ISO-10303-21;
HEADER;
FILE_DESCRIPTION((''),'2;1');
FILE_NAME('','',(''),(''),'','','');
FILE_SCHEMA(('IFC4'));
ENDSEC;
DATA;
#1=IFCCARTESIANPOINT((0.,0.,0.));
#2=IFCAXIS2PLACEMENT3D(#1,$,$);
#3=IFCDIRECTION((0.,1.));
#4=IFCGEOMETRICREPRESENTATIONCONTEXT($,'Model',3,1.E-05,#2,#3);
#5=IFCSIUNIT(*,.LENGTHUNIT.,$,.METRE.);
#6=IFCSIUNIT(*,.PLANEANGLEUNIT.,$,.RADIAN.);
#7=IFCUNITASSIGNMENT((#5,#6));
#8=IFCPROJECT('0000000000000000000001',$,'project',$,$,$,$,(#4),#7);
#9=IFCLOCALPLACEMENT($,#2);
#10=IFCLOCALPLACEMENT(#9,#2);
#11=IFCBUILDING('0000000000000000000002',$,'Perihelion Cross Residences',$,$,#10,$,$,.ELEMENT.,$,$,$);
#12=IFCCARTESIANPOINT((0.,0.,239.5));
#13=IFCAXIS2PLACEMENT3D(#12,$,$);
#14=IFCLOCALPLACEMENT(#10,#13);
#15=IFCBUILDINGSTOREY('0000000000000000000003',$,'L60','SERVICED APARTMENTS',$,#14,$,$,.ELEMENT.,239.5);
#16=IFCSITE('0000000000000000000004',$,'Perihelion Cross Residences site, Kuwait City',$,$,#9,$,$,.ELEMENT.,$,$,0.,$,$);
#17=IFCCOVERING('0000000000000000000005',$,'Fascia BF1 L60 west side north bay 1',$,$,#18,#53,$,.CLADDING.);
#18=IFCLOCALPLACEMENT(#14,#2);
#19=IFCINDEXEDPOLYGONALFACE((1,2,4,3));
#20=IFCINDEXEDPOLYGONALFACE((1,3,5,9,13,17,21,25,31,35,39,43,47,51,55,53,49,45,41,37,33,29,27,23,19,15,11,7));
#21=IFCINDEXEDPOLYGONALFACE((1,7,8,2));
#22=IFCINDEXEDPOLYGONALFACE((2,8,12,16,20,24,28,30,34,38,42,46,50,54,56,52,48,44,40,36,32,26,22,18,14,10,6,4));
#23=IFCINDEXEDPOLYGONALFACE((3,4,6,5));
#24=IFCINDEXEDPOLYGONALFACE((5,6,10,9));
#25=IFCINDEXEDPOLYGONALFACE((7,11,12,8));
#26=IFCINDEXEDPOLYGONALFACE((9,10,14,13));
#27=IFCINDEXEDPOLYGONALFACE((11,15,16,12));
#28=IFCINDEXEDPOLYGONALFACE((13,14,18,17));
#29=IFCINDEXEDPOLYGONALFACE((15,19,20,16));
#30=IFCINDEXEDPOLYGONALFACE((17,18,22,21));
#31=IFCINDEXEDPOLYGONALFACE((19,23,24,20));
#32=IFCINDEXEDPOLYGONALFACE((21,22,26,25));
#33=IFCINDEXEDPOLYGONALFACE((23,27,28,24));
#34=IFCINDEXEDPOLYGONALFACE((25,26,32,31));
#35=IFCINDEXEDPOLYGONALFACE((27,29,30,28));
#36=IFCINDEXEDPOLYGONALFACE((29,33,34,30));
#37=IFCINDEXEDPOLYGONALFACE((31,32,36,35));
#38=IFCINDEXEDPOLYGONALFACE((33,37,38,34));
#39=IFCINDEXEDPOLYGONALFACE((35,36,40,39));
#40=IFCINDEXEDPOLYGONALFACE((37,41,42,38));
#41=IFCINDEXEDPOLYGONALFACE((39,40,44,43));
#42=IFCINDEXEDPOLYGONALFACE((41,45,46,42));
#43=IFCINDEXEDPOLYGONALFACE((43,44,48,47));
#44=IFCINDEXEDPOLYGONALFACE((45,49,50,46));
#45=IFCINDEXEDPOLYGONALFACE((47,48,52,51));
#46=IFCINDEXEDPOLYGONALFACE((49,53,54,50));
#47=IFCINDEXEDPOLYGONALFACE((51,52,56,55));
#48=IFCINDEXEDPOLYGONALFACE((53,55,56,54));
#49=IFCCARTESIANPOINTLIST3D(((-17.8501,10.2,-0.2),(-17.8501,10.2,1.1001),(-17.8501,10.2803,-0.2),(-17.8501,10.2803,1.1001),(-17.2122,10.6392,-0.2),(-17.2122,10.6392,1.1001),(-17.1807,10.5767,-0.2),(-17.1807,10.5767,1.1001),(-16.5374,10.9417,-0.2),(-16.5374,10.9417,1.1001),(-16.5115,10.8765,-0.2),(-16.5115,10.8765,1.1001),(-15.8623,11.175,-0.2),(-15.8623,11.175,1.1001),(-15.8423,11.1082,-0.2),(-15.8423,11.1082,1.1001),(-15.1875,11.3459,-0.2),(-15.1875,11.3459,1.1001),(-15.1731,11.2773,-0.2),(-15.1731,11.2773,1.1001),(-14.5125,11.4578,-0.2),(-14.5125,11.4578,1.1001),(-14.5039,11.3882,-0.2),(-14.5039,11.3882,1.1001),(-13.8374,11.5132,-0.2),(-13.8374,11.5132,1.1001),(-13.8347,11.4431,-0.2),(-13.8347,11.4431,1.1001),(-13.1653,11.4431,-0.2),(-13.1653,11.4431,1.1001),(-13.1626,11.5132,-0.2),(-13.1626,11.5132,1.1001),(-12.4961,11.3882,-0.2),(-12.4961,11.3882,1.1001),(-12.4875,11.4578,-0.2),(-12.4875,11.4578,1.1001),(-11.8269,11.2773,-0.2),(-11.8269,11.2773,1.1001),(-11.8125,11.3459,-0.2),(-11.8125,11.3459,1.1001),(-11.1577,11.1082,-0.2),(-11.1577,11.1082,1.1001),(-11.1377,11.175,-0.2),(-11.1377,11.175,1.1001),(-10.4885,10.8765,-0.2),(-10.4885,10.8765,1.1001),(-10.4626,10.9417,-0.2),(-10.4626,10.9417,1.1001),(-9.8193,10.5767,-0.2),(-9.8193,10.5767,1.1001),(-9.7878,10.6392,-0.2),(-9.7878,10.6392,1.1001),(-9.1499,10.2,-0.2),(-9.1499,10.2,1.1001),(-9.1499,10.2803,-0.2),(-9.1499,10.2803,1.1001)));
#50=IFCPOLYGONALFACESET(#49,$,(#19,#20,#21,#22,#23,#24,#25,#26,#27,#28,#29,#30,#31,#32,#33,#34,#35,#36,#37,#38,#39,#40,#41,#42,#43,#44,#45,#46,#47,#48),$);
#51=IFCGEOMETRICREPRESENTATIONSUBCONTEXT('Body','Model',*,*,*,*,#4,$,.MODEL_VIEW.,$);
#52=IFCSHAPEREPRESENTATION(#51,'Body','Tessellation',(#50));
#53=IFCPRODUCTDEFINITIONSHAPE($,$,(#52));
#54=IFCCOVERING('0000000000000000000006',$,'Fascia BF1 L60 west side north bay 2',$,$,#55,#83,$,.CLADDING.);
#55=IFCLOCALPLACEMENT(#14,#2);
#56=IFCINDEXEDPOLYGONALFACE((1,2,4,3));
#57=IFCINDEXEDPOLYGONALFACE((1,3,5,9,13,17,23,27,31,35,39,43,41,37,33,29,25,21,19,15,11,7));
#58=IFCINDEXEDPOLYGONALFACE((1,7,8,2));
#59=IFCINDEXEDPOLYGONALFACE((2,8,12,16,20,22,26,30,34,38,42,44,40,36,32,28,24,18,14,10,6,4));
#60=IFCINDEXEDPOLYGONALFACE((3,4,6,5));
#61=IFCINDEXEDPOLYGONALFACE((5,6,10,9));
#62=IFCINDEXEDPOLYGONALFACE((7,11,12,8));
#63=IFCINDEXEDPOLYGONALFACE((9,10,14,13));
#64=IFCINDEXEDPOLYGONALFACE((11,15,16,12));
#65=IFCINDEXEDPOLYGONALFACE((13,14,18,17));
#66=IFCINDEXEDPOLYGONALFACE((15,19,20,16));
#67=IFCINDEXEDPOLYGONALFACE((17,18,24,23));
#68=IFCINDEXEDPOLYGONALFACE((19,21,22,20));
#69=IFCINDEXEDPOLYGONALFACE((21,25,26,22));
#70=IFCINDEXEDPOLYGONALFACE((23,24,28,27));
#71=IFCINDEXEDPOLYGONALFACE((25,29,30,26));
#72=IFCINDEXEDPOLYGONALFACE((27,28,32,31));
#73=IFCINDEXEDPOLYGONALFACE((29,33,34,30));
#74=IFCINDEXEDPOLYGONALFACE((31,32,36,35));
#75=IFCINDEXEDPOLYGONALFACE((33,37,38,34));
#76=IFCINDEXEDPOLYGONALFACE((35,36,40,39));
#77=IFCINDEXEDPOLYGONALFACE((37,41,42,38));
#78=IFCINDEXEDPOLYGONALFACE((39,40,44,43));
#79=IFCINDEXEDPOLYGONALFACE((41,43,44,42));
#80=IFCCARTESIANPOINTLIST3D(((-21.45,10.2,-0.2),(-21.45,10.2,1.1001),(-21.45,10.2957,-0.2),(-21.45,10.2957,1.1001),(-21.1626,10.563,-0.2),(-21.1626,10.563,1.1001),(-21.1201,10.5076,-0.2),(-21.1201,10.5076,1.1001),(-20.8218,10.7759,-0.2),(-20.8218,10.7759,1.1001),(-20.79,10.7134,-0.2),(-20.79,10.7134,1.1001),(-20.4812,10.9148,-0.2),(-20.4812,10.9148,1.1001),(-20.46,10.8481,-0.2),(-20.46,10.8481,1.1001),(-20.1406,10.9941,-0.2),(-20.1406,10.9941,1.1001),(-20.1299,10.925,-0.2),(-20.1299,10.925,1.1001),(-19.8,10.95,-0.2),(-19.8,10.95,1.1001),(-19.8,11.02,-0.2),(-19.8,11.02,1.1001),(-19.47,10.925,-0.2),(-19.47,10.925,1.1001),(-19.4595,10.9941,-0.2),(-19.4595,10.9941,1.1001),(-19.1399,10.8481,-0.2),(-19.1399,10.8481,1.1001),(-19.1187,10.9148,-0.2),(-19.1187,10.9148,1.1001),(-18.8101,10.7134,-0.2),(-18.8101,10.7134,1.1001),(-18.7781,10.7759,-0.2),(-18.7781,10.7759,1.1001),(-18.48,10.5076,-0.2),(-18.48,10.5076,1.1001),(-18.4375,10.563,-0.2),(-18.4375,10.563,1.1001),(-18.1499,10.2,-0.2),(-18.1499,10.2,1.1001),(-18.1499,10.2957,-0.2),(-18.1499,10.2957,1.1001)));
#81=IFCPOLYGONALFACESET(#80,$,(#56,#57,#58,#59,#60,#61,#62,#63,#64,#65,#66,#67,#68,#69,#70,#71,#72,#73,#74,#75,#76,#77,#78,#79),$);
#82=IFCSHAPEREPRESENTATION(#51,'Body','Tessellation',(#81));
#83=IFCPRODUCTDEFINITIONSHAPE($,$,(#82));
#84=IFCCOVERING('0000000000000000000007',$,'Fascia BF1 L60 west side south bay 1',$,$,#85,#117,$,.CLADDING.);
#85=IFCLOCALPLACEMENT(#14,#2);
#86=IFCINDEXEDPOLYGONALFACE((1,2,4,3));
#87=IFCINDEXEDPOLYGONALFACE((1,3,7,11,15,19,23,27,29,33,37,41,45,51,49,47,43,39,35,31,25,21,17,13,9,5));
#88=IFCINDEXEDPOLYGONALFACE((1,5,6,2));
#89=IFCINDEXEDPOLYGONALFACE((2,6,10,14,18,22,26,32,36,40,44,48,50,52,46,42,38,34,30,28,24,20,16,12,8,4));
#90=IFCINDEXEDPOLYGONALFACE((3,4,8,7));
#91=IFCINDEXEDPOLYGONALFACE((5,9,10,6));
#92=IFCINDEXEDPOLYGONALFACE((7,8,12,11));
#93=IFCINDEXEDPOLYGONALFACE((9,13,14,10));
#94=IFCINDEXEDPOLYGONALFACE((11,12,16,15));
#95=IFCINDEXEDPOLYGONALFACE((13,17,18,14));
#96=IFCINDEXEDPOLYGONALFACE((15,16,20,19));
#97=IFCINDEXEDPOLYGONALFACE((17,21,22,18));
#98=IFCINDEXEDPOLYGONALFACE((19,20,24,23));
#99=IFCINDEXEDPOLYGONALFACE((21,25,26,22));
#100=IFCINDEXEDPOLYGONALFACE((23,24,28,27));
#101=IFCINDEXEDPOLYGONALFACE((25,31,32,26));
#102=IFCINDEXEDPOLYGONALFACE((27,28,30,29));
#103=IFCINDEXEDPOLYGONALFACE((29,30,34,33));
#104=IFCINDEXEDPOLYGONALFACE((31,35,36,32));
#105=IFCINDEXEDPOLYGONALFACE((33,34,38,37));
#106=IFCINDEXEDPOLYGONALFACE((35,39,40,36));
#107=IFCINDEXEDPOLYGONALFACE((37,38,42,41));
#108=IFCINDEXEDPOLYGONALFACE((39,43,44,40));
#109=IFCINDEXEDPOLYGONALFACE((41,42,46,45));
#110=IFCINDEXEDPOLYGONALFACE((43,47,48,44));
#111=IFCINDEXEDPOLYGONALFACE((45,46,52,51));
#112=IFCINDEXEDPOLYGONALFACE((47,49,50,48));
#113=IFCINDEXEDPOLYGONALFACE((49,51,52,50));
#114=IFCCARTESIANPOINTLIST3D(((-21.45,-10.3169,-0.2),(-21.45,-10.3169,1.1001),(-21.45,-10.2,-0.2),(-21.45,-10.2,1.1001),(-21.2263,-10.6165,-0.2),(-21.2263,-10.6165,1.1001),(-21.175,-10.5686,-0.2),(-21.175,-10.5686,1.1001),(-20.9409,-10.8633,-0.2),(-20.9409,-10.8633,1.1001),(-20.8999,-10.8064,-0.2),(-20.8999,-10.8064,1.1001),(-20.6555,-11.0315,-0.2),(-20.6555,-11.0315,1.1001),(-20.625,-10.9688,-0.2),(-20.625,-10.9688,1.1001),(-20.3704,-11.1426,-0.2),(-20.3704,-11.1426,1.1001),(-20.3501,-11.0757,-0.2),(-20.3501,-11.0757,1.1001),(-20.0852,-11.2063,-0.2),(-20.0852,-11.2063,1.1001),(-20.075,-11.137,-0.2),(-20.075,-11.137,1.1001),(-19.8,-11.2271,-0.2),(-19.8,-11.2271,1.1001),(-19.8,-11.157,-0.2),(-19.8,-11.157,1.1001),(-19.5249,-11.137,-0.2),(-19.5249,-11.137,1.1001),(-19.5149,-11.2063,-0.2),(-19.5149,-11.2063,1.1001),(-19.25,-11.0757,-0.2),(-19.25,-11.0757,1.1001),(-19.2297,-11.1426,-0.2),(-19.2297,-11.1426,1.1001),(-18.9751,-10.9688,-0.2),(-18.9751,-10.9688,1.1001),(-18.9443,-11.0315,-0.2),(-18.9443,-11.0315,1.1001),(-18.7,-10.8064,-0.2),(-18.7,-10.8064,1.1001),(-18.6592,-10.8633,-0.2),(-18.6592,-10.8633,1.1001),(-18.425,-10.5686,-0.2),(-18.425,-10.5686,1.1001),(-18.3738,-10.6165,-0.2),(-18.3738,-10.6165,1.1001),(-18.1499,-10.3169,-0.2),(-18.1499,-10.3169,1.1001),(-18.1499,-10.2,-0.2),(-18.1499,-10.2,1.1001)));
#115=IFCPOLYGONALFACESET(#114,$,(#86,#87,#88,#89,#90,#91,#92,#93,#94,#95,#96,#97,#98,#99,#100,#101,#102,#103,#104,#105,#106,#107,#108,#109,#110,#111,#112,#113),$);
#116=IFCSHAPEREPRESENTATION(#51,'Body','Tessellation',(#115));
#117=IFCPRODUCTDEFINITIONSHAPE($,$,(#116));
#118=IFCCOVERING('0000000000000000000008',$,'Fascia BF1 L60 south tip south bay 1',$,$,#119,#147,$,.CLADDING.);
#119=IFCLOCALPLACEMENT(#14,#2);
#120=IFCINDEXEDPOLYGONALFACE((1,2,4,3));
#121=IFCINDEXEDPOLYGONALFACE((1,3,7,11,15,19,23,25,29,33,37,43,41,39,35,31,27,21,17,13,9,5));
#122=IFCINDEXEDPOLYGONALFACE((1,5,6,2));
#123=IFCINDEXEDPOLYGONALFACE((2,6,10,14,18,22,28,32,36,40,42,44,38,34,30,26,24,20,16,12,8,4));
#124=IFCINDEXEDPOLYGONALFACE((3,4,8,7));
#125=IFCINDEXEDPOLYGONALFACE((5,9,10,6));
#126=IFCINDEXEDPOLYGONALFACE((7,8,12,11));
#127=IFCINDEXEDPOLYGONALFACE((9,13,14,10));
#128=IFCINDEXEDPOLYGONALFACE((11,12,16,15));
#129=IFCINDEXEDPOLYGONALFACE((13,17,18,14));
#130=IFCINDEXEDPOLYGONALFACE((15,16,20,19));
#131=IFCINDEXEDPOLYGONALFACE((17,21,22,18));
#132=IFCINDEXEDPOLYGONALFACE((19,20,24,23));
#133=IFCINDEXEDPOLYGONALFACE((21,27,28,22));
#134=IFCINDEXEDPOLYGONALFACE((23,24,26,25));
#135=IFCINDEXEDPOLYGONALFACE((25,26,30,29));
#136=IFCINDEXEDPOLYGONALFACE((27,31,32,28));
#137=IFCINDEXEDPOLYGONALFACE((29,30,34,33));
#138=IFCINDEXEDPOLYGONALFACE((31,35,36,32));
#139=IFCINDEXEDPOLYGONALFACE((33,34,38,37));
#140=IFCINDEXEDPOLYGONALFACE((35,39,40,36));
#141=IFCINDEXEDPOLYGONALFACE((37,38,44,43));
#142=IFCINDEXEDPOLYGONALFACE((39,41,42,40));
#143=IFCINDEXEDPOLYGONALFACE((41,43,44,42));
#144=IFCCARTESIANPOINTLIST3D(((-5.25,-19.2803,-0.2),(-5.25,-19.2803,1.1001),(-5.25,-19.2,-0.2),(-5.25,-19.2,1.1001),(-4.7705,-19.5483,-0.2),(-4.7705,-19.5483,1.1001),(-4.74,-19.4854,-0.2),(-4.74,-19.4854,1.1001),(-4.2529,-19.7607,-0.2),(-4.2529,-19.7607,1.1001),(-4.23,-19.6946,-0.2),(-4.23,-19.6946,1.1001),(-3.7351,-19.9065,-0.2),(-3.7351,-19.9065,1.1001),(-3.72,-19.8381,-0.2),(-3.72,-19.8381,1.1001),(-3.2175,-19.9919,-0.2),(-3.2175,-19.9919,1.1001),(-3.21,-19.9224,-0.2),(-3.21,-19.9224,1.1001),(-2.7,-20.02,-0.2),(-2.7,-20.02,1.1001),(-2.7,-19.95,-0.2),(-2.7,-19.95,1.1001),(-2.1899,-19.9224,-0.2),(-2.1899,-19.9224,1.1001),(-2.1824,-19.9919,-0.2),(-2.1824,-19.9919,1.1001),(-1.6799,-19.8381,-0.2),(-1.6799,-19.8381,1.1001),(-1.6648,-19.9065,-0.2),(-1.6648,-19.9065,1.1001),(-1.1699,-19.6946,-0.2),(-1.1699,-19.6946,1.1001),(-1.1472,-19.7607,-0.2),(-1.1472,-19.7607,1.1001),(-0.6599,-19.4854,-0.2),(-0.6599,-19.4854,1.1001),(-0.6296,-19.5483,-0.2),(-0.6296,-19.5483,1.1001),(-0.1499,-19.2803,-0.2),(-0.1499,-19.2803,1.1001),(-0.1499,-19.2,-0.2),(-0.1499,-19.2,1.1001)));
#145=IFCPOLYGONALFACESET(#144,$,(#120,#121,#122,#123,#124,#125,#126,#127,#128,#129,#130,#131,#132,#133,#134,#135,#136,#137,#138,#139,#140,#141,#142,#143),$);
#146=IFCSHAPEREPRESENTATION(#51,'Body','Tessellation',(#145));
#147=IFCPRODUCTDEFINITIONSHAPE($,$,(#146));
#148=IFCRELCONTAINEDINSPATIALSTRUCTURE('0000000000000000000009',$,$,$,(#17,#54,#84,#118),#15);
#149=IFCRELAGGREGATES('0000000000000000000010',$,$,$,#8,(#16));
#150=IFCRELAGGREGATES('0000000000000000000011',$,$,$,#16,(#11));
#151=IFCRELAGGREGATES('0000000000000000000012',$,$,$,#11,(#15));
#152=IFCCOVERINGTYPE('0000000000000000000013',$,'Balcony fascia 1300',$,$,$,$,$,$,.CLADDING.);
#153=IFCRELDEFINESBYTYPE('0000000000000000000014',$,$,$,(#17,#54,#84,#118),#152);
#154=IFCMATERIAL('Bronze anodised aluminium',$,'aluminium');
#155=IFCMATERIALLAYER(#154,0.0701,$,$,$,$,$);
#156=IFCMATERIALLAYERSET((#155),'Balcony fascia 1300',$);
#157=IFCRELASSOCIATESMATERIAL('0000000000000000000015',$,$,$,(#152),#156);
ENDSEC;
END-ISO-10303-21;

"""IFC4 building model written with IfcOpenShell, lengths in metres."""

from ifc_helpers import new_model, si_unit, direction, frame, origin, place, context, subcontext, project, spatial, polyline, outline, extrude, material, layer, layer_set, type_object, element, save


model = new_model("IFC4")

# Units and contexts
model_context = context("Model", 3, precision=1e-05, world=origin(), true_north=direction((0.0, 1.0)))
body_context = subcontext(model_context, "Body", "Model", "MODEL_VIEW")
ifc_project = project(units=[si_unit("LENGTHUNIT", "METRE"), si_unit("PLANEANGLEUNIT", "RADIAN")], contexts=[model_context])

# Site, building, storey
site_placement = place(None, origin())
site = spatial("IfcSite", under=ifc_project, at=site_placement, Name="Perihelion Cross Residences site, Kuwait City", CompositionType="ELEMENT", RefElevation=0.0)
building_placement = place(site_placement, origin())
building = spatial("IfcBuilding", under=site, at=building_placement, Name="Perihelion Cross Residences", CompositionType="ELEMENT")
storey_placement = place(building_placement, frame((0.0, 0.0, 239.5)))
storey = spatial("IfcBuildingStorey", under=building, at=storey_placement, Name="L60", Description="SERVICED APARTMENTS", CompositionType="ELEMENT", Elevation=239.5)

# Coverings
ifc_material_1 = material(Name="Bronze anodised aluminium", Category="aluminium")
ifc_layer_1 = layer(ifc_material_1, 0.0701)
ifc_layer_set_1 = layer_set([ifc_layer_1], Name="Balcony fascia 1300")
covering_type = type_object("IfcCoveringType", Name="Balcony fascia 1300", PredefinedType="CLADDING", material=ifc_layer_set_1)
covering_1_placement = place(storey_placement, frame((0.0, 0.0, -0.2)))
element("IfcCovering", 1, at=covering_1_placement, inside=storey, type_object=covering_type, Name="Fascia BF1 L60 west side north bay 1", PredefinedType="CLADDING", context=body_context, shape_type="SweptSolid", body=[
    extrude(outline(polyline([(-9.7878, 10.6392), (-10.4626, 10.9417), (-11.1377, 11.175), (-11.8125, 11.3459), (-12.4875, 11.4578), (-13.1626, 11.5132), (-13.8374, 11.5132), (-14.5125, 11.4578), (-15.1875, 11.3459), (-15.8623, 11.175), (-16.5374, 10.9417), (-17.2122, 10.6392), (-17.8501, 10.2803), (-17.8501, 10.2), (-17.1807, 10.5767), (-16.5115, 10.8765), (-15.8423, 11.1082), (-15.1731, 11.2773), (-14.5039, 11.3882), (-13.8347, 11.4431), (-13.1653, 11.4431), (-12.4961, 11.3882), (-11.8269, 11.2773), (-11.1577, 11.1082), (-10.4885, 10.8765), (-9.8193, 10.5767), (-9.1499, 10.2), (-9.1499, 10.2803), (-9.7878, 10.6392)])), origin(), (0.0, 0.0, 1.0), 1.3),
])
covering_2_placement = place(storey_placement, frame((0.0, 0.0, -0.2)))
element("IfcCovering", 2, at=covering_2_placement, inside=storey, type_object=covering_type, Name="Fascia BF1 L60 west side north bay 2", PredefinedType="CLADDING", context=body_context, shape_type="SweptSolid", body=[
    extrude(outline(polyline([(-18.4375, 10.563), (-18.7781, 10.7759), (-19.1187, 10.9148), (-19.4595, 10.9941), (-19.8, 11.02), (-20.1406, 10.9941), (-20.4812, 10.9148), (-20.8218, 10.7759), (-21.1626, 10.563), (-21.45, 10.2957), (-21.45, 10.2), (-21.1201, 10.5076), (-20.79, 10.7134), (-20.46, 10.8481), (-20.1299, 10.925), (-19.8, 10.95), (-19.47, 10.925), (-19.1399, 10.8481), (-18.8101, 10.7134), (-18.48, 10.5076), (-18.1499, 10.2), (-18.1499, 10.2957), (-18.4375, 10.563)])), origin(), (0.0, 0.0, 1.0), 1.3),
])
covering_3_placement = place(storey_placement, frame((0.0, 0.0, -0.2)))
element("IfcCovering", 3, at=covering_3_placement, inside=storey, type_object=covering_type, Name="Fascia BF1 L60 west side south bay 1", PredefinedType="CLADDING", context=body_context, shape_type="SweptSolid", body=[
    extrude(outline(polyline([(-21.2263, -10.6165), (-20.9409, -10.8633), (-20.6555, -11.0315), (-20.3704, -11.1426), (-20.0852, -11.2063), (-19.8, -11.2271), (-19.5149, -11.2063), (-19.2297, -11.1426), (-18.9443, -11.0315), (-18.6592, -10.8633), (-18.3738, -10.6165), (-18.1499, -10.3169), (-18.1499, -10.2), (-18.425, -10.5686), (-18.7, -10.8064), (-18.9751, -10.9688), (-19.25, -11.0757), (-19.5249, -11.137), (-19.8, -11.157), (-20.075, -11.137), (-20.3501, -11.0757), (-20.625, -10.9688), (-20.8999, -10.8064), (-21.175, -10.5686), (-21.45, -10.2), (-21.45, -10.3169), (-21.2263, -10.6165)])), origin(), (0.0, 0.0, 1.0), 1.3),
])
covering_4_placement = place(storey_placement, frame((0.0, 0.0, -0.2)))
element("IfcCovering", 4, at=covering_4_placement, inside=storey, type_object=covering_type, Name="Fascia BF1 L60 south tip south bay 1", PredefinedType="CLADDING", context=body_context, shape_type="SweptSolid", body=[
    extrude(outline(polyline([(-4.7705, -19.5483), (-4.2529, -19.7607), (-3.7351, -19.9065), (-3.2175, -19.9919), (-2.7, -20.02), (-2.1824, -19.9919), (-1.6648, -19.9065), (-1.1472, -19.7607), (-0.6296, -19.5483), (-0.1499, -19.2803), (-0.1499, -19.2), (-0.6599, -19.4854), (-1.1699, -19.6946), (-1.6799, -19.8381), (-2.1899, -19.9224), (-2.7, -19.95), (-3.21, -19.9224), (-3.72, -19.8381), (-4.23, -19.6946), (-4.74, -19.4854), (-5.25, -19.2), (-5.25, -19.2803), (-4.7705, -19.5483)])), origin(), (0.0, 0.0, 1.0), 1.3),
])

save(model, "model.ifc")
